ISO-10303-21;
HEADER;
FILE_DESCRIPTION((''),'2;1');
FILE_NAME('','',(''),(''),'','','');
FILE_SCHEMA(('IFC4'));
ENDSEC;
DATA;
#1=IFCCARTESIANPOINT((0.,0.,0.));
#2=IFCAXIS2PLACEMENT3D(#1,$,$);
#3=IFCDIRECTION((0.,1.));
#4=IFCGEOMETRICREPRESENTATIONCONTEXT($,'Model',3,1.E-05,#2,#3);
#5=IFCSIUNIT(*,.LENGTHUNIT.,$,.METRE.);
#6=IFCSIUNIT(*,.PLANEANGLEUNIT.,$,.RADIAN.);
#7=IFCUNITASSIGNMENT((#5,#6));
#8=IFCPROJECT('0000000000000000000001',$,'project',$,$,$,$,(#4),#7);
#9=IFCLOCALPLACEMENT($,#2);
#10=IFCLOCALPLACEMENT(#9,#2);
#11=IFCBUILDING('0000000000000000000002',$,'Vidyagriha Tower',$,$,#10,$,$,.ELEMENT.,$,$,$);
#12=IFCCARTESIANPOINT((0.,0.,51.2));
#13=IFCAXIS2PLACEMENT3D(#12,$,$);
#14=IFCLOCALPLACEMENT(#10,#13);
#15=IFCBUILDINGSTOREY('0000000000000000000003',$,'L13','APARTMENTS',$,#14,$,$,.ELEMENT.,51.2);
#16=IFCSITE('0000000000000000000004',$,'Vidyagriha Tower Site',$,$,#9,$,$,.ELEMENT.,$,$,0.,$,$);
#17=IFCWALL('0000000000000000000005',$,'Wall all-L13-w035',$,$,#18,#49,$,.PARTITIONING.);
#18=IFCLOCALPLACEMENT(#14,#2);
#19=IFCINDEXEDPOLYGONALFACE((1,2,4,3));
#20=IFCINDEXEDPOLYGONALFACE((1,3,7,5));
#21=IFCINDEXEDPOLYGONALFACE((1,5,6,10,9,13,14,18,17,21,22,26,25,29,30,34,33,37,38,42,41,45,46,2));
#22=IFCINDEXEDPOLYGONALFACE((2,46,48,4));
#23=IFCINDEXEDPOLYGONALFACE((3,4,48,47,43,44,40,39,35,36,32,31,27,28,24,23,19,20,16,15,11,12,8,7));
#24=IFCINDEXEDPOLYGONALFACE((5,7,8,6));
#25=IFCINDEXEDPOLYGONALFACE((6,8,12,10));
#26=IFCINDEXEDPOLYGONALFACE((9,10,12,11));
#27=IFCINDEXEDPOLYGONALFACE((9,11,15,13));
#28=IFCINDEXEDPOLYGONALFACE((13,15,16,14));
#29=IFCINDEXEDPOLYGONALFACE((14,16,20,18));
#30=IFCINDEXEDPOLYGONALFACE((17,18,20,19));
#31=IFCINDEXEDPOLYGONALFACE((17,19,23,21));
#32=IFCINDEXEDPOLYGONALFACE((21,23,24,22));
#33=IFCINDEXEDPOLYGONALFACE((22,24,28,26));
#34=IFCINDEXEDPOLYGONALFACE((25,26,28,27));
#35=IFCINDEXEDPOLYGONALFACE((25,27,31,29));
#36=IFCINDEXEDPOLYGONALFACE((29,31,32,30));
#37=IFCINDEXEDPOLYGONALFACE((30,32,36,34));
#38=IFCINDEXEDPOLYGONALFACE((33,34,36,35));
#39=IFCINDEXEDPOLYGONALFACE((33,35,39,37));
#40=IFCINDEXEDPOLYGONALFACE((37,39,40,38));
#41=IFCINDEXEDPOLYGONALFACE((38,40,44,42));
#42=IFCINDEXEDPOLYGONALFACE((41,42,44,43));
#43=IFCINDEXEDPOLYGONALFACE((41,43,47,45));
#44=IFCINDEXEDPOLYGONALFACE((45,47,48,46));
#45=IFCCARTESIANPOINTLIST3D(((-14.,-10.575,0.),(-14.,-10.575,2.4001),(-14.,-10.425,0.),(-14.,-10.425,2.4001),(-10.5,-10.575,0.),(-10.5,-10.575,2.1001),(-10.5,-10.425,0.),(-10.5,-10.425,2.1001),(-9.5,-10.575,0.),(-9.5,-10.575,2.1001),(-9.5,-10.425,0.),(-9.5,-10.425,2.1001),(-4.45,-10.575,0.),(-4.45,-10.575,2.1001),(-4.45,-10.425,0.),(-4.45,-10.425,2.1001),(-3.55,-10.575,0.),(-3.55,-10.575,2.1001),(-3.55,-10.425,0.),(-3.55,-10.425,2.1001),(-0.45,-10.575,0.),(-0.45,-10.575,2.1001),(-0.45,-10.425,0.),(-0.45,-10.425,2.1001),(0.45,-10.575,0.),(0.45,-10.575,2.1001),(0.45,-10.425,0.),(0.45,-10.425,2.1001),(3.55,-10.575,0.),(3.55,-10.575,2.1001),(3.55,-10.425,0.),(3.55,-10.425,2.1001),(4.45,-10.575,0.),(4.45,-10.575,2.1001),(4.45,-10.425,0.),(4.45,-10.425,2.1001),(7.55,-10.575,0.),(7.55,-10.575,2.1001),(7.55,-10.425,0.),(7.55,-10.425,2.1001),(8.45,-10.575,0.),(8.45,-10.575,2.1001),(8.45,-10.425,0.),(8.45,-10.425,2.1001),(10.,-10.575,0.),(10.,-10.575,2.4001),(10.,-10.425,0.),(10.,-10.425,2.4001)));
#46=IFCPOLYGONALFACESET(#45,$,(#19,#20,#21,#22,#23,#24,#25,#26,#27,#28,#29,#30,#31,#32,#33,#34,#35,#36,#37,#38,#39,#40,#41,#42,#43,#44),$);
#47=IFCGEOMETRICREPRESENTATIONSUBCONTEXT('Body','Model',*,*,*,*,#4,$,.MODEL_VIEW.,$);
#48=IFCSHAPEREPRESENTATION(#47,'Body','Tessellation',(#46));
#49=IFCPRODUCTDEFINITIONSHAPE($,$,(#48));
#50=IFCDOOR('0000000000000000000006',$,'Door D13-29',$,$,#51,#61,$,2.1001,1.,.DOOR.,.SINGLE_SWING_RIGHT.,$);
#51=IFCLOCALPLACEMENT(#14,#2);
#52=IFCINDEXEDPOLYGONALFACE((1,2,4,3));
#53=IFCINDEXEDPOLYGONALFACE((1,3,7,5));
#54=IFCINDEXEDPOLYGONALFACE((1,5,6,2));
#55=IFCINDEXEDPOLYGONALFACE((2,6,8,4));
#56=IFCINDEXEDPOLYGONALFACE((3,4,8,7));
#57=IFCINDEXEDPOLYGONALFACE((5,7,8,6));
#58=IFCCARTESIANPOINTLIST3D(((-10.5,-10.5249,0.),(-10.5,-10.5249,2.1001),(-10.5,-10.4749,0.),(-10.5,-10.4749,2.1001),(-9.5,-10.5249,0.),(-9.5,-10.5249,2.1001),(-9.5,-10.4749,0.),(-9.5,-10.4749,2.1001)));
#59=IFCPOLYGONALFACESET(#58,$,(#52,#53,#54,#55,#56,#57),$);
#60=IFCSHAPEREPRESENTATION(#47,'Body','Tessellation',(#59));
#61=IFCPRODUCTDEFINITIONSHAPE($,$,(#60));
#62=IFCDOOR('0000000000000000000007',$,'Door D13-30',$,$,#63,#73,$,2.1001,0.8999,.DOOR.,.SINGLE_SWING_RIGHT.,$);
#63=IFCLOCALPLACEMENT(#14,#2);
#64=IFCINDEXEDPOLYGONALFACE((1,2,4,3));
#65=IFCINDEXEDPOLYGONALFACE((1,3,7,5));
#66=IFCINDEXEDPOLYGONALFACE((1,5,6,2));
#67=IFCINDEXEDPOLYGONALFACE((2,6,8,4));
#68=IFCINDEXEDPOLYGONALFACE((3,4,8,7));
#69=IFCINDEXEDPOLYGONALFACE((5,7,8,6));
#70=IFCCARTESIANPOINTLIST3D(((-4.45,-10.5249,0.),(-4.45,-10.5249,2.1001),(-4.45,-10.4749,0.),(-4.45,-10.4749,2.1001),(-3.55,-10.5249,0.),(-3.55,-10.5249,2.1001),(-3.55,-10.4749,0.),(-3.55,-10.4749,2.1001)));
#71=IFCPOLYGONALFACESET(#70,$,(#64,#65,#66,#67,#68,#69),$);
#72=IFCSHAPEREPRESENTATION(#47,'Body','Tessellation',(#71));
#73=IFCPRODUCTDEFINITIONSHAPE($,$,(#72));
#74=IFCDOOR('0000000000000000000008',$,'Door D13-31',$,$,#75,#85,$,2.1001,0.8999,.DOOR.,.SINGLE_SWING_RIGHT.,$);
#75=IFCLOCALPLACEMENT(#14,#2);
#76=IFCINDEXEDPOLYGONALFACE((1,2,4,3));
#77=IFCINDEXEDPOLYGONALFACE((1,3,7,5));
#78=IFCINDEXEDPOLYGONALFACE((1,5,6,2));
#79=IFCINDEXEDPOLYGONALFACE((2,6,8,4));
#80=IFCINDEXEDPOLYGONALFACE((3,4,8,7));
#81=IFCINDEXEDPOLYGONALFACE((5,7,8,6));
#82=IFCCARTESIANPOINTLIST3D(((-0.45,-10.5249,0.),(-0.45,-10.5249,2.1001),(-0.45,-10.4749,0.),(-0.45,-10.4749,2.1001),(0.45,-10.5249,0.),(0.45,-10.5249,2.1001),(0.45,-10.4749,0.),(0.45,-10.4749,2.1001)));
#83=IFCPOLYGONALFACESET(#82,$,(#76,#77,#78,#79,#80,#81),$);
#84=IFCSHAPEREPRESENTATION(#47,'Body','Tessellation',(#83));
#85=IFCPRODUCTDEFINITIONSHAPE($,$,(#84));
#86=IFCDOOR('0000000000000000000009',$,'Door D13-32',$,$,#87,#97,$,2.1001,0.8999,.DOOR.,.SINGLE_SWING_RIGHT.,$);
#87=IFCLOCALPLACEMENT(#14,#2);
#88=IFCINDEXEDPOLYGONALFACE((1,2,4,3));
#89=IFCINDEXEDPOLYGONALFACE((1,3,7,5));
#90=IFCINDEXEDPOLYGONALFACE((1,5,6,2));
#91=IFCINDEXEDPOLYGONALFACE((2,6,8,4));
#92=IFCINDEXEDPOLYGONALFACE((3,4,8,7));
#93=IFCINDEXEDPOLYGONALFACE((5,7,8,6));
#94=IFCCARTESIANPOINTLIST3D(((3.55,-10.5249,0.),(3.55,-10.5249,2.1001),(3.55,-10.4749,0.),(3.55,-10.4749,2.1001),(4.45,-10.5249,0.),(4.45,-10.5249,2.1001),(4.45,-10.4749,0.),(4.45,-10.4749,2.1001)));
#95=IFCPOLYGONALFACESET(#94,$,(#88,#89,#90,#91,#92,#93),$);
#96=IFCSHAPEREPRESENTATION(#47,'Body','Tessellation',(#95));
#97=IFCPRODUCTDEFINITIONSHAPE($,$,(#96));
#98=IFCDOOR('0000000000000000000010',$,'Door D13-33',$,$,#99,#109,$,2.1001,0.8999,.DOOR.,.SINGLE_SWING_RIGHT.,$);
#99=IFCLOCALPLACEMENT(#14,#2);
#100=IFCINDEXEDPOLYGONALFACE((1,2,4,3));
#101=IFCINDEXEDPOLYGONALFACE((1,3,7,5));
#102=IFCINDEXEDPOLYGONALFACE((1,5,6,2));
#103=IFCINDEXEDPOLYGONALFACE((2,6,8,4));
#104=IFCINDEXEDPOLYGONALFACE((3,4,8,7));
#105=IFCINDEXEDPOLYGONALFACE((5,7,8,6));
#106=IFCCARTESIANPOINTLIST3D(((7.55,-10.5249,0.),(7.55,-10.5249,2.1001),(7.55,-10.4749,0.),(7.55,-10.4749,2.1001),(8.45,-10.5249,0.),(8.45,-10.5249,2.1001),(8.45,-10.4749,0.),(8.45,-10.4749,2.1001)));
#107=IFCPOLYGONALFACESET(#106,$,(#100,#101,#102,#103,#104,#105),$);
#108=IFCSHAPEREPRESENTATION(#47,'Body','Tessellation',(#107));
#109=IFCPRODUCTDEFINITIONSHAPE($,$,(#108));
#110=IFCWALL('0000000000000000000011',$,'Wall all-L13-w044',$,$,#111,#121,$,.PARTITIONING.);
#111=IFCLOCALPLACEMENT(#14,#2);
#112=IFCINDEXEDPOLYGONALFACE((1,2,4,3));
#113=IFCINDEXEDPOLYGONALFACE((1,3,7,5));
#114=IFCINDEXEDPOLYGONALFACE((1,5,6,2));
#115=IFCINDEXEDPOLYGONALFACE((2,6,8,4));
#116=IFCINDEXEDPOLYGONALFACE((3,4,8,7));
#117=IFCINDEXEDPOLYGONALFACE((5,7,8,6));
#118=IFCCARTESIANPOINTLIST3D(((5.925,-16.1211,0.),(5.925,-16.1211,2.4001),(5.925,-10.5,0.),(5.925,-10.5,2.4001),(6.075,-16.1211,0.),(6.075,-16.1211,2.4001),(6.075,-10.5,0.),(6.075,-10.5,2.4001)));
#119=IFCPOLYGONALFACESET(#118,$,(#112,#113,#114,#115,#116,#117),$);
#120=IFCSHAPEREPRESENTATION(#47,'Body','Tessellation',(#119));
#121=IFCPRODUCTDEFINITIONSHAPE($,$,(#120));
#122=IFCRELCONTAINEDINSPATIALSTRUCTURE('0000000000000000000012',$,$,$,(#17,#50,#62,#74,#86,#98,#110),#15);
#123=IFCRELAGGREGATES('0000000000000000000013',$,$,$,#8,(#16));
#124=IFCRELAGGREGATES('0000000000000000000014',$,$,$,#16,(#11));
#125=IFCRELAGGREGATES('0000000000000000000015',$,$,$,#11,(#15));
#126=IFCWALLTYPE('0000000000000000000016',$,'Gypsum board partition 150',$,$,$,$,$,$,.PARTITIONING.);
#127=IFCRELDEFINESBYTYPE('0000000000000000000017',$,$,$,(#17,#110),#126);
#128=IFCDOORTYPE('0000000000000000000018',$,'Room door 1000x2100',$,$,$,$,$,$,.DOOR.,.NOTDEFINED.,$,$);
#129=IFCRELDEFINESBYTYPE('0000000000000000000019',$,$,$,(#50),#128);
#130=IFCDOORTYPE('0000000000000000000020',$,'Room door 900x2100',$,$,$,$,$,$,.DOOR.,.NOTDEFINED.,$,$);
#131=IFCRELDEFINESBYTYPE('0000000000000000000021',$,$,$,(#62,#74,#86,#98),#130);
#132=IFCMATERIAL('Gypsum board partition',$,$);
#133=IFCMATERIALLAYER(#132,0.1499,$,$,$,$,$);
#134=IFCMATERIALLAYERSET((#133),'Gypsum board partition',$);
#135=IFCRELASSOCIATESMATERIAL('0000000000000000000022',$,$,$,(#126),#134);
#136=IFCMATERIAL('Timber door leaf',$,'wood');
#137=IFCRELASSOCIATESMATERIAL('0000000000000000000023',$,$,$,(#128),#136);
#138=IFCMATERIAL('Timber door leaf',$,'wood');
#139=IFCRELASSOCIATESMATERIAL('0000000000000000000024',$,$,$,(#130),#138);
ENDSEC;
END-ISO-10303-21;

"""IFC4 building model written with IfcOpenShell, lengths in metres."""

from ifc_helpers import new_model, si_unit, direction, frame, frame_2d, origin, place, context, subcontext, project, spatial, rectangle, extrude, material, layer, layer_set, type_object, element, fill, save


model = new_model("IFC4")

# Units and contexts
model_context = context("Model", 3, precision=1e-05, world=origin(), true_north=direction((0.0, 1.0)))
body_context = subcontext(model_context, "Body", "Model", "MODEL_VIEW")
ifc_project = project(units=[si_unit("LENGTHUNIT", "METRE"), si_unit("PLANEANGLEUNIT", "RADIAN")], contexts=[model_context])

# Site, building, storey
site_placement = place(None, origin())
site = spatial("IfcSite", under=ifc_project, at=site_placement, Name="Vidyagriha Tower Site", CompositionType="ELEMENT", RefElevation=0.0)
building_placement = place(site_placement, origin())
building = spatial("IfcBuilding", under=site, at=building_placement, Name="Vidyagriha Tower", CompositionType="ELEMENT")
storey_placement = place(building_placement, frame((0.0, 0.0, 51.2)))
storey = spatial("IfcBuildingStorey", under=building, at=storey_placement, Name="L13", Description="APARTMENTS", CompositionType="ELEMENT", Elevation=51.2)

# Shared definitions
ifc_material_1 = material(Name="Gypsum board partition")
ifc_layer_1 = layer(ifc_material_1, 0.1499)
ifc_layer_set_1 = layer_set([ifc_layer_1], Name="Gypsum board partition")
wall_type_1 = type_object("IfcWallType", Name="Gypsum board partition 150", PredefinedType="PARTITIONING", material=ifc_layer_set_1)

# Wall, openings, doors
wall_1_placement = place(storey_placement, frame((10.0, -10.5, 0.0), z_axis=(0.0, 0.0, 1.0), x_axis=(-1.0, 0.0, 0.0)))
wall_1 = element("IfcWall", 1, at=wall_1_placement, inside=storey, type_object=wall_type_1, Name="Wall all-L13-w035", PredefinedType="PARTITIONING", context=body_context, shape_type="SweptSolid", body=[
    extrude(rectangle(XDim=24.0, YDim=0.1499, at=frame_2d((12.0, 0.0))), origin(), (0.0, 0.0, 1.0), 2.4001),
])
opening_1_placement = place(wall_1_placement, frame((19.5, 0.0, 0.0)))
opening_1 = element("IfcOpeningElement", 2, at=opening_1_placement, cuts=wall_1, PredefinedType="OPENING", context=body_context, shape_type="SweptSolid", body=[
    extrude(rectangle(XDim=1.0, YDim=2.1001, at=frame_2d((0.5, 1.05))), frame((0.0, 0.085, 0.0), z_axis=(0.0, -1.0, 0.0), x_axis=(1.0, 0.0, 0.0)), (0.0, 0.0, 1.0), 0.1699),
])
opening_2_placement = place(wall_1_placement, frame((13.55, 0.0, 0.0)))
opening_2 = element("IfcOpeningElement", 3, at=opening_2_placement, cuts=wall_1, PredefinedType="OPENING", context=body_context, shape_type="SweptSolid", body=[
    extrude(rectangle(XDim=0.8999, YDim=2.1001, at=frame_2d((0.45, 1.05))), frame((0.0, 0.085, 0.0), z_axis=(0.0, -1.0, 0.0), x_axis=(1.0, 0.0, 0.0)), (0.0, 0.0, 1.0), 0.1699),
])
opening_3_placement = place(wall_1_placement, frame((9.55, 0.0, 0.0)))
opening_3 = element("IfcOpeningElement", 4, at=opening_3_placement, cuts=wall_1, PredefinedType="OPENING", context=body_context, shape_type="SweptSolid", body=[
    extrude(rectangle(XDim=0.8999, YDim=2.1001, at=frame_2d((0.45, 1.05))), frame((0.0, 0.085, 0.0), z_axis=(0.0, -1.0, 0.0), x_axis=(1.0, 0.0, 0.0)), (0.0, 0.0, 1.0), 0.1699),
])
opening_4_placement = place(wall_1_placement, frame((5.55, 0.0, 0.0)))
opening_4 = element("IfcOpeningElement", 5, at=opening_4_placement, cuts=wall_1, PredefinedType="OPENING", context=body_context, shape_type="SweptSolid", body=[
    extrude(rectangle(XDim=0.8999, YDim=2.1001, at=frame_2d((0.45, 1.05))), frame((0.0, 0.085, 0.0), z_axis=(0.0, -1.0, 0.0), x_axis=(1.0, 0.0, 0.0)), (0.0, 0.0, 1.0), 0.1699),
])
opening_5_placement = place(wall_1_placement, frame((1.55, 0.0, 0.0)))
opening_5 = element("IfcOpeningElement", 6, at=opening_5_placement, cuts=wall_1, PredefinedType="OPENING", context=body_context, shape_type="SweptSolid", body=[
    extrude(rectangle(XDim=0.8999, YDim=2.1001, at=frame_2d((0.45, 1.05))), frame((0.0, 0.085, 0.0), z_axis=(0.0, -1.0, 0.0), x_axis=(1.0, 0.0, 0.0)), (0.0, 0.0, 1.0), 0.1699),
])
ifc_material_2 = material(Name="Timber door leaf", Category="wood")
door_type_1 = type_object("IfcDoorType", Name="Room door 1000x2100", OperationType="NOTDEFINED", PredefinedType="DOOR", material=ifc_material_2)
door_1_placement = place(opening_1_placement, origin())
door_1 = element("IfcDoor", 7, at=door_1_placement, inside=storey, type_object=door_type_1, Name="Door D13-29", OperationType="SINGLE_SWING_RIGHT", OverallHeight=2.1001, OverallWidth=1.0, PredefinedType="DOOR", context=body_context, shape_type="SweptSolid", body=[
    extrude(rectangle(XDim=1.0, YDim=2.1001, at=frame_2d((0.5, 1.05))), frame((0.0, 0.0249, 0.0), z_axis=(0.0, -1.0, 0.0), x_axis=(1.0, 0.0, 0.0)), (0.0, 0.0, 1.0), 0.05),
])
fill(opening_1, door_1)
ifc_material_3 = material(Name="Timber door leaf", Category="wood")
door_type_2 = type_object("IfcDoorType", Name="Room door 900x2100", OperationType="NOTDEFINED", PredefinedType="DOOR", material=ifc_material_3)
door_2_placement = place(opening_2_placement, origin())
door_2 = element("IfcDoor", 8, at=door_2_placement, inside=storey, type_object=door_type_2, Name="Door D13-30", OperationType="SINGLE_SWING_RIGHT", OverallHeight=2.1001, OverallWidth=0.8999, PredefinedType="DOOR", context=body_context, shape_type="SweptSolid", body=[
    extrude(rectangle(XDim=0.8999, YDim=2.1001, at=frame_2d((0.45, 1.05))), frame((0.0, 0.0249, 0.0), z_axis=(0.0, -1.0, 0.0), x_axis=(1.0, 0.0, 0.0)), (0.0, 0.0, 1.0), 0.05),
])
fill(opening_2, door_2)
door_3_placement = place(opening_3_placement, origin())
door_3 = element("IfcDoor", 9, at=door_3_placement, inside=storey, type_object=door_type_2, Name="Door D13-31", OperationType="SINGLE_SWING_RIGHT", OverallHeight=2.1001, OverallWidth=0.8999, PredefinedType="DOOR", context=body_context, shape_type="SweptSolid", body=[
    extrude(rectangle(XDim=0.8999, YDim=2.1001, at=frame_2d((0.45, 1.05))), frame((0.0, 0.0249, 0.0), z_axis=(0.0, -1.0, 0.0), x_axis=(1.0, 0.0, 0.0)), (0.0, 0.0, 1.0), 0.05),
])
fill(opening_3, door_3)
door_4_placement = place(opening_4_placement, origin())
door_4 = element("IfcDoor", 10, at=door_4_placement, inside=storey, type_object=door_type_2, Name="Door D13-32", OperationType="SINGLE_SWING_RIGHT", OverallHeight=2.1001, OverallWidth=0.8999, PredefinedType="DOOR", context=body_context, shape_type="SweptSolid", body=[
    extrude(rectangle(XDim=0.8999, YDim=2.1001, at=frame_2d((0.45, 1.05))), frame((0.0, 0.0249, 0.0), z_axis=(0.0, -1.0, 0.0), x_axis=(1.0, 0.0, 0.0)), (0.0, 0.0, 1.0), 0.05),
])
fill(opening_4, door_4)
door_5_placement = place(opening_5_placement, origin())
door_5 = element("IfcDoor", 11, at=door_5_placement, inside=storey, type_object=door_type_2, Name="Door D13-33", OperationType="SINGLE_SWING_RIGHT", OverallHeight=2.1001, OverallWidth=0.8999, PredefinedType="DOOR", context=body_context, shape_type="SweptSolid", body=[
    extrude(rectangle(XDim=0.8999, YDim=2.1001, at=frame_2d((0.45, 1.05))), frame((0.0, 0.0249, 0.0), z_axis=(0.0, -1.0, 0.0), x_axis=(1.0, 0.0, 0.0)), (0.0, 0.0, 1.0), 0.05),
])
fill(opening_5, door_5)

# Wall
wall_2_placement = place(storey_placement, frame((6.0, -10.5, 0.0), z_axis=(0.0, 0.0, 1.0), x_axis=(0.0, -1.0, 0.0)))
element("IfcWall", 12, at=wall_2_placement, inside=storey, type_object=wall_type_1, Name="Wall all-L13-w044", PredefinedType="PARTITIONING", context=body_context, shape_type="SweptSolid", body=[
    extrude(rectangle(XDim=5.6211, YDim=0.1499, at=frame_2d((2.8105, 0.0))), origin(), (0.0, 0.0, 1.0), 2.4001),
])

save(model, "model.ifc")
